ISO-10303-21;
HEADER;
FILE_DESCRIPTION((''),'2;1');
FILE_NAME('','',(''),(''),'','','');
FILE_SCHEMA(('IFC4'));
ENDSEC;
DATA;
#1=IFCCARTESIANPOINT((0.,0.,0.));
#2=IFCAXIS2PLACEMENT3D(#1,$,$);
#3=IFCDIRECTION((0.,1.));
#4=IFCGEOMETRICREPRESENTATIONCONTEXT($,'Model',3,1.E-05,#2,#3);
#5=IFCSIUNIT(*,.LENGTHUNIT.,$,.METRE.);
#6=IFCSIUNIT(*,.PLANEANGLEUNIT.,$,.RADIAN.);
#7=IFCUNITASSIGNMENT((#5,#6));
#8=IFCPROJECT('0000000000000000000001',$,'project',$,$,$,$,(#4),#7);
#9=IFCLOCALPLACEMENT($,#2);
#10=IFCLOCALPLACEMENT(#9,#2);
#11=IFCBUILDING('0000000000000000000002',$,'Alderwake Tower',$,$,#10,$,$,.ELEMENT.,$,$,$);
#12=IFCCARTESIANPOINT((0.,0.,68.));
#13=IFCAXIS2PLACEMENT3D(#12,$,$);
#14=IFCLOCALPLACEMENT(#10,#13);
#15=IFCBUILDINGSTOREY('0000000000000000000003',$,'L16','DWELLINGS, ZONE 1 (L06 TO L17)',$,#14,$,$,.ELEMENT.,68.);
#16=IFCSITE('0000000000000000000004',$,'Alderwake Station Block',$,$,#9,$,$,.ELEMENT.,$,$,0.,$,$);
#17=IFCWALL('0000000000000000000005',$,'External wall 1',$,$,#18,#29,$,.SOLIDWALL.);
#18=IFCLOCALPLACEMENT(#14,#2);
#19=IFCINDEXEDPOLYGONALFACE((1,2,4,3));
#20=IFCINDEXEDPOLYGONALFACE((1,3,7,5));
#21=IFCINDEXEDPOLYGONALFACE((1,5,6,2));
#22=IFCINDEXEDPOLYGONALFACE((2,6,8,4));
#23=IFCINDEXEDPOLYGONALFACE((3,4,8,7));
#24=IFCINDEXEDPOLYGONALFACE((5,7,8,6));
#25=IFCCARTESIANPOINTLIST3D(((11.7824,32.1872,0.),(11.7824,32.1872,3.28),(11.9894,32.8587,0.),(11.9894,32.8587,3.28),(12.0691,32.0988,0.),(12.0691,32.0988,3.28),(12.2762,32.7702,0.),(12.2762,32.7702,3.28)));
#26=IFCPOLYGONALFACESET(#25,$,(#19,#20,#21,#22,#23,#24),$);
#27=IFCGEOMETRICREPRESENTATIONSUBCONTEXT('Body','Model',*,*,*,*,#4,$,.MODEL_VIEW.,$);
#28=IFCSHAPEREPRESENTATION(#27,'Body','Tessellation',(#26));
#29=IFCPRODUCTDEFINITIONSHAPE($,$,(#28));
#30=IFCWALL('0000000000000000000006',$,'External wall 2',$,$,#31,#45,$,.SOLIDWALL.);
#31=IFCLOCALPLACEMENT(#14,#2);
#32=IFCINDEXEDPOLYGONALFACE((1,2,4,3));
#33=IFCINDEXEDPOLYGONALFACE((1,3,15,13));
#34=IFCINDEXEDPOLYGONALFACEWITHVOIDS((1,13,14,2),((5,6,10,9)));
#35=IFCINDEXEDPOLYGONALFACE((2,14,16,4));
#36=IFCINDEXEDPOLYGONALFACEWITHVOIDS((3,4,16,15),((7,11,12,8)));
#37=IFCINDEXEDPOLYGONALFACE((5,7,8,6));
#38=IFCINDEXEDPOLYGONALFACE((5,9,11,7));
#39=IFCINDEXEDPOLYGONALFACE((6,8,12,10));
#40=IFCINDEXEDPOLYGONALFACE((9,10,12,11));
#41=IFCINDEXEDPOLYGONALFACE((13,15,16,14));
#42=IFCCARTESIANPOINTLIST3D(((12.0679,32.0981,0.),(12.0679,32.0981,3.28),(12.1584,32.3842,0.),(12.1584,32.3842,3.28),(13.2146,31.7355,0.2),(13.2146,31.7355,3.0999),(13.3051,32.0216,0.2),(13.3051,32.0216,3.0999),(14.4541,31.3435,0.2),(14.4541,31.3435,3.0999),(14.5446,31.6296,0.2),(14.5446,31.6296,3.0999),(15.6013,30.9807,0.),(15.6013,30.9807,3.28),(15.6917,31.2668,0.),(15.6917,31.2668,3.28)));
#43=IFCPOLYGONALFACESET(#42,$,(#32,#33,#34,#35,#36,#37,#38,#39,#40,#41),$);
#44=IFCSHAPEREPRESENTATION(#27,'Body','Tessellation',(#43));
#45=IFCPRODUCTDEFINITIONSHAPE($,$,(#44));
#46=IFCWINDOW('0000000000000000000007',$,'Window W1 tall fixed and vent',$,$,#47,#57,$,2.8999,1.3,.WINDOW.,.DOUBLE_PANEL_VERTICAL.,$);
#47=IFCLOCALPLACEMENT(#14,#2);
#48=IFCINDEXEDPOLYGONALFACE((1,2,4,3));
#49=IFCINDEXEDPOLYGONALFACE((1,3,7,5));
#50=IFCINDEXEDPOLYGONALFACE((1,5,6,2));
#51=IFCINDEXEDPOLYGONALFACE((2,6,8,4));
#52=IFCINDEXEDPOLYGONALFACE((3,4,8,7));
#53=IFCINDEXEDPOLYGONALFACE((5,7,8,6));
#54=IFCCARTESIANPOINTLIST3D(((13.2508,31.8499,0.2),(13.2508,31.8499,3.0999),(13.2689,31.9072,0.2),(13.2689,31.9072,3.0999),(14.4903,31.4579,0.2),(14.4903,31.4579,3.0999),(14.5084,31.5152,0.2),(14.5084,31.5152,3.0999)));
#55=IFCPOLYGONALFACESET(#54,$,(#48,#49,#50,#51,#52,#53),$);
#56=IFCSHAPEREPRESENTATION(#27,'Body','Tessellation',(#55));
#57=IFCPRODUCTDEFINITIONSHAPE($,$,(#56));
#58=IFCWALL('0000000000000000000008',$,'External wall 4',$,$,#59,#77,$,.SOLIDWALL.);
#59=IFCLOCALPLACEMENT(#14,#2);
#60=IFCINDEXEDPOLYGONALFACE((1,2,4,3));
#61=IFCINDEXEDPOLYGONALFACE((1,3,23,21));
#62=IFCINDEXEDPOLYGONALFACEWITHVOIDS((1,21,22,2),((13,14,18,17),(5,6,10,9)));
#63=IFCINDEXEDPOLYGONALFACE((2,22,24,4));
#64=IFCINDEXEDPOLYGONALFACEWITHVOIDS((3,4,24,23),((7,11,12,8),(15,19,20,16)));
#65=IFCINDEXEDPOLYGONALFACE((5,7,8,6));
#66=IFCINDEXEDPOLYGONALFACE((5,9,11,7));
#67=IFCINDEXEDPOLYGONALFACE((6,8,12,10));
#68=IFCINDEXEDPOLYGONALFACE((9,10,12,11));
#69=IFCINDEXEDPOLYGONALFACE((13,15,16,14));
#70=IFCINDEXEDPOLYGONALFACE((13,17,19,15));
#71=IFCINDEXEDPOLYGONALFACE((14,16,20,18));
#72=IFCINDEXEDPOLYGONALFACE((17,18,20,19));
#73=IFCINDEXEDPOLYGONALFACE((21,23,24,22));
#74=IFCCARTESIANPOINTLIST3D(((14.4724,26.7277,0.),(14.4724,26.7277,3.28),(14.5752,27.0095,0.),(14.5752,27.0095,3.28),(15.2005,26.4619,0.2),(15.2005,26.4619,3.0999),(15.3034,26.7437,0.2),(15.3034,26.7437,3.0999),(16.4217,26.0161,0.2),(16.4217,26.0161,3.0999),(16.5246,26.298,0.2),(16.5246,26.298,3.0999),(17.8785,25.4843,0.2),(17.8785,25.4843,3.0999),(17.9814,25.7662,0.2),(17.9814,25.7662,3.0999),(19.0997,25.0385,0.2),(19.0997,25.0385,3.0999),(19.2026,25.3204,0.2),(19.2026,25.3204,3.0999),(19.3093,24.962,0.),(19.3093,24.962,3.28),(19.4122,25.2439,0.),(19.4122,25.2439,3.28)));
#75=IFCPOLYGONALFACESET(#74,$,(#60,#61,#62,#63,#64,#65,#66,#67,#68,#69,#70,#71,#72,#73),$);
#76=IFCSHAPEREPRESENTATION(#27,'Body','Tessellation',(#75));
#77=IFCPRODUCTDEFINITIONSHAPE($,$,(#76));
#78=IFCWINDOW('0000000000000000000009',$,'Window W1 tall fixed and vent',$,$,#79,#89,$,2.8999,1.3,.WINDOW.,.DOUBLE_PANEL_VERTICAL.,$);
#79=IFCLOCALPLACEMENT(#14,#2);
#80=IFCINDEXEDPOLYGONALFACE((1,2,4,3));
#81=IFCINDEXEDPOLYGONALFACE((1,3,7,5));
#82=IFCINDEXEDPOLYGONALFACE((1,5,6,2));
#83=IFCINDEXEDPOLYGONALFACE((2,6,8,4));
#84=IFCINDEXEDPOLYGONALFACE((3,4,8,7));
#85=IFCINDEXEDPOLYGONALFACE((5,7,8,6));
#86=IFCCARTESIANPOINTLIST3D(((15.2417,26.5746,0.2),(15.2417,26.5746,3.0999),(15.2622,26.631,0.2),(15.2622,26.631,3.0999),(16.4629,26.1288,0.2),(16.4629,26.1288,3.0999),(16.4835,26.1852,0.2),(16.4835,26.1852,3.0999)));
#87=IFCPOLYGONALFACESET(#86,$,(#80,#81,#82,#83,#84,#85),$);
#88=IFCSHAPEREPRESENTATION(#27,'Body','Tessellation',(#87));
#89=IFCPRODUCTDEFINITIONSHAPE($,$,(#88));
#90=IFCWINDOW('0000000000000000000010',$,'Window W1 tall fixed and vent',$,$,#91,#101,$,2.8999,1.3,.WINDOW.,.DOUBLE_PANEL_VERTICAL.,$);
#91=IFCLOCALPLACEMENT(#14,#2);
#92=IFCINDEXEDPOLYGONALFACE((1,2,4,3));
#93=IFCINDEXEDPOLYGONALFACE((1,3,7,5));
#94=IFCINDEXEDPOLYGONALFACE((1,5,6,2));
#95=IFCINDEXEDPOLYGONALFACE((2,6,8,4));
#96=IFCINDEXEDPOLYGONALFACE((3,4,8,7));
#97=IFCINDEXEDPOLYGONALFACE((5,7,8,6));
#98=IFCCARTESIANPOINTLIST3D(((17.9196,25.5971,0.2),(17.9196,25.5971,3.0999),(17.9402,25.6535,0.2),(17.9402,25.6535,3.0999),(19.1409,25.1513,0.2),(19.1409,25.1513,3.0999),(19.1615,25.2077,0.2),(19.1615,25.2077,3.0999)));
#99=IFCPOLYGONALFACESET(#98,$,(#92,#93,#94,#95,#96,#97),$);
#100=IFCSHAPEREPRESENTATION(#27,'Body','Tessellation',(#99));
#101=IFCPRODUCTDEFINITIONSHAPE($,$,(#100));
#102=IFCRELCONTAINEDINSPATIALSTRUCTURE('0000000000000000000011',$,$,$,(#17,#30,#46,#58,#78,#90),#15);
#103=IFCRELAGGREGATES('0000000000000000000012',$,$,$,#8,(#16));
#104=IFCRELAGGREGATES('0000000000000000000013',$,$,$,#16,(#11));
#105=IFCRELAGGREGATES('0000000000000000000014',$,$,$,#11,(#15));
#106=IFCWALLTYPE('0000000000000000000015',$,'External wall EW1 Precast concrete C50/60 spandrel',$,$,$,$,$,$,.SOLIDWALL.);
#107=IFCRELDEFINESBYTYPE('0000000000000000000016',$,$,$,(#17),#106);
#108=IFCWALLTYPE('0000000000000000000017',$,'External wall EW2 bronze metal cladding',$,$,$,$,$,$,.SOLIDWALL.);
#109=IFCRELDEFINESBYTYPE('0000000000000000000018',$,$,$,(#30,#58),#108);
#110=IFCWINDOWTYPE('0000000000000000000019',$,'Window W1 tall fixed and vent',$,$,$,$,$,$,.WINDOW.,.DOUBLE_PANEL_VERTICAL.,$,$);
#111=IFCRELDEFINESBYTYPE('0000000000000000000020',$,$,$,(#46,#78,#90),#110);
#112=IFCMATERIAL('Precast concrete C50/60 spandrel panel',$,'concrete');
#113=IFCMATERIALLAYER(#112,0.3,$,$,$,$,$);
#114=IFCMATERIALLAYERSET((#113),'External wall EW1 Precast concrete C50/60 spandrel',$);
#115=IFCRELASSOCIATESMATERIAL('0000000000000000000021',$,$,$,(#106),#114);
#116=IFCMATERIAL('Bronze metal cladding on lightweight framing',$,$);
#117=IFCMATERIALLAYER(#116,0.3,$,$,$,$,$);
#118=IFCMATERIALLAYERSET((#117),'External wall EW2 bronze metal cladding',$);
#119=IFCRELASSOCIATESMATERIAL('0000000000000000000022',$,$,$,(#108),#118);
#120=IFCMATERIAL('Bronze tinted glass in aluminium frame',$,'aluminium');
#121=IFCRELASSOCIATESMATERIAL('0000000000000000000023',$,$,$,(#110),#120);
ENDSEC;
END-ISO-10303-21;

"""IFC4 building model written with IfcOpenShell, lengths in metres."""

from ifc_helpers import new_model, si_unit, direction, frame, frame_2d, origin, place, context, subcontext, project, spatial, rectangle, extrude, material, layer, layer_set, type_object, element, fill, save


model = new_model("IFC4")

# Units and contexts
model_context = context("Model", 3, precision=1e-05, world=origin(), true_north=direction((0.0, 1.0)))
body_context = subcontext(model_context, "Body", "Model", "MODEL_VIEW")
ifc_project = project(units=[si_unit("LENGTHUNIT", "METRE"), si_unit("PLANEANGLEUNIT", "RADIAN")], contexts=[model_context])

# Site, building, storey
site_placement = place(None, origin())
site = spatial("IfcSite", under=ifc_project, at=site_placement, Name="Alderwake Station Block", CompositionType="ELEMENT", RefElevation=0.0)
building_placement = place(site_placement, origin())
building = spatial("IfcBuilding", under=site, at=building_placement, Name="Alderwake Tower", CompositionType="ELEMENT")
storey_placement = place(building_placement, frame((0.0, 0.0, 68.0)))
storey = spatial("IfcBuildingStorey", under=building, at=storey_placement, Name="L16", Description="DWELLINGS, ZONE 1 (L06 TO L17)", CompositionType="ELEMENT", Elevation=68.0)

# Wall
ifc_material_1 = material(Name="Precast concrete C50/60 spandrel panel", Category="concrete")
ifc_layer_1 = layer(ifc_material_1, 0.3)
ifc_layer_set_1 = layer_set([ifc_layer_1], Name="External wall EW1 Precast concrete C50/60 spandrel")
wall_type_1 = type_object("IfcWallType", Name="External wall EW1 Precast concrete C50/60 spandrel", PredefinedType="SOLIDWALL", material=ifc_layer_set_1)
wall_1_placement = place(storey_placement, frame((12.1328, 32.8145, 0.0), z_axis=(0.0, 0.0, 1.0), x_axis=(-0.294672, -0.955599, 0.0)))
element("IfcWall", 1, at=wall_1_placement, inside=storey, type_object=wall_type_1, Name="External wall 1", PredefinedType="SOLIDWALL", context=body_context, shape_type="SweptSolid", body=[
    extrude(rectangle(XDim=0.7026, YDim=0.3, at=frame_2d((0.3513, 0.0))), origin(), (0.0, 0.0, 1.0), 3.28),
])

# Wall, opening, window
ifc_material_2 = material(Name="Bronze metal cladding on lightweight framing")
ifc_layer_2 = layer(ifc_material_2, 0.3)
ifc_layer_set_2 = layer_set([ifc_layer_2], Name="External wall EW2 bronze metal cladding")
wall_type_2 = type_object("IfcWallType", Name="External wall EW2 bronze metal cladding", PredefinedType="SOLIDWALL", material=ifc_layer_set_2)
wall_2_placement = place(storey_placement, frame((12.113, 32.2412, 0.0), z_axis=(0.0, 0.0, 1.0), x_axis=(0.953458, -0.301525, 0.0)))
wall_2 = element("IfcWall", 2, at=wall_2_placement, inside=storey, type_object=wall_type_2, Name="External wall 2", PredefinedType="SOLIDWALL", context=body_context, shape_type="SweptSolid", body=[
    extrude(rectangle(XDim=3.7058, YDim=0.3, at=frame_2d((1.853, 0.0))), origin(), (0.0, 0.0, 1.0), 3.28),
])
opening_1_placement = place(wall_2_placement, frame((1.2029, 0.0, 0.2)))
opening_1 = element("IfcOpeningElement", 3, at=opening_1_placement, cuts=wall_2, PredefinedType="OPENING", context=body_context, shape_type="SweptSolid", body=[
    extrude(rectangle(XDim=1.3, YDim=2.8999, at=frame_2d((0.6499, 1.45))), frame((0.0, 0.1599, 0.0), z_axis=(0.0, -1.0, 0.0), x_axis=(1.0, 0.0, 0.0)), (0.0, 0.0, 1.0), 0.3201),
])
ifc_material_3 = material(Name="Bronze tinted glass in aluminium frame", Category="aluminium")
window_type = type_object("IfcWindowType", Name="Window W1 tall fixed and vent", PartitioningType="DOUBLE_PANEL_VERTICAL", PredefinedType="WINDOW", material=ifc_material_3)
window_1_placement = place(opening_1_placement, origin())
window_1 = element("IfcWindow", 4, at=window_1_placement, inside=storey, type_object=window_type, Name="Window W1 tall fixed and vent", OverallHeight=2.8999, OverallWidth=1.3, PartitioningType="DOUBLE_PANEL_VERTICAL", PredefinedType="WINDOW", context=body_context, shape_type="SweptSolid", body=[
    extrude(rectangle(XDim=1.3, YDim=2.8999, at=frame_2d((0.6499, 1.45))), frame((0.0, 0.03, 0.0), z_axis=(0.0, -1.0, 0.0), x_axis=(1.0, 0.0, 0.0)), (0.0, 0.0, 1.0), 0.0601),
])
fill(opening_1, window_1)

# Wall, openings, windows
wall_3_placement = place(storey_placement, frame((14.5237, 26.8687, 0.0), z_axis=(0.0, 0.0, 1.0), x_axis=(0.939372, -0.3429, 0.0)))
wall_3 = element("IfcWall", 5, at=wall_3_placement, inside=storey, type_object=wall_type_2, Name="External wall 4", PredefinedType="SOLIDWALL", context=body_context, shape_type="SweptSolid", body=[
    extrude(rectangle(XDim=5.1492, YDim=0.3, at=frame_2d((2.5747, 0.0))), origin(), (0.0, 0.0, 1.0), 3.28),
])
opening_2_placement = place(wall_3_placement, frame((0.7754, 0.0, 0.2)))
opening_2 = element("IfcOpeningElement", 6, at=opening_2_placement, cuts=wall_3, PredefinedType="OPENING", context=body_context, shape_type="SweptSolid", body=[
    extrude(rectangle(XDim=1.3, YDim=2.8999, at=frame_2d((0.6499, 1.45))), frame((0.0, 0.1599, 0.0), z_axis=(0.0, -1.0, 0.0), x_axis=(1.0, 0.0, 0.0)), (0.0, 0.0, 1.0), 0.3201),
])
opening_3_placement = place(wall_3_placement, frame((3.6262, 0.0, 0.2)))
opening_3 = element("IfcOpeningElement", 7, at=opening_3_placement, cuts=wall_3, PredefinedType="OPENING", context=body_context, shape_type="SweptSolid", body=[
    extrude(rectangle(XDim=1.3, YDim=2.8999, at=frame_2d((0.6499, 1.45))), frame((0.0, 0.1599, 0.0), z_axis=(0.0, -1.0, 0.0), x_axis=(1.0, 0.0, 0.0)), (0.0, 0.0, 1.0), 0.3201),
])
window_2_placement = place(opening_2_placement, origin())
window_2 = element("IfcWindow", 8, at=window_2_placement, inside=storey, type_object=window_type, Name="Window W1 tall fixed and vent", OverallHeight=2.8999, OverallWidth=1.3, PartitioningType="DOUBLE_PANEL_VERTICAL", PredefinedType="WINDOW", context=body_context, shape_type="SweptSolid", body=[
    extrude(rectangle(XDim=1.3, YDim=2.8999, at=frame_2d((0.6499, 1.45))), frame((0.0, 0.03, 0.0), z_axis=(0.0, -1.0, 0.0), x_axis=(1.0, 0.0, 0.0)), (0.0, 0.0, 1.0), 0.0601),
])
fill(opening_2, window_2)
window_3_placement = place(opening_3_placement, origin())
window_3 = element("IfcWindow", 9, at=window_3_placement, inside=storey, type_object=window_type, Name="Window W1 tall fixed and vent", OverallHeight=2.8999, OverallWidth=1.3, PartitioningType="DOUBLE_PANEL_VERTICAL", PredefinedType="WINDOW", context=body_context, shape_type="SweptSolid", body=[
    extrude(rectangle(XDim=1.3, YDim=2.8999, at=frame_2d((0.6499, 1.45))), frame((0.0, 0.03, 0.0), z_axis=(0.0, -1.0, 0.0), x_axis=(1.0, 0.0, 0.0)), (0.0, 0.0, 1.0), 0.0601),
])
fill(opening_3, window_3)

save(model, "model.ifc")
